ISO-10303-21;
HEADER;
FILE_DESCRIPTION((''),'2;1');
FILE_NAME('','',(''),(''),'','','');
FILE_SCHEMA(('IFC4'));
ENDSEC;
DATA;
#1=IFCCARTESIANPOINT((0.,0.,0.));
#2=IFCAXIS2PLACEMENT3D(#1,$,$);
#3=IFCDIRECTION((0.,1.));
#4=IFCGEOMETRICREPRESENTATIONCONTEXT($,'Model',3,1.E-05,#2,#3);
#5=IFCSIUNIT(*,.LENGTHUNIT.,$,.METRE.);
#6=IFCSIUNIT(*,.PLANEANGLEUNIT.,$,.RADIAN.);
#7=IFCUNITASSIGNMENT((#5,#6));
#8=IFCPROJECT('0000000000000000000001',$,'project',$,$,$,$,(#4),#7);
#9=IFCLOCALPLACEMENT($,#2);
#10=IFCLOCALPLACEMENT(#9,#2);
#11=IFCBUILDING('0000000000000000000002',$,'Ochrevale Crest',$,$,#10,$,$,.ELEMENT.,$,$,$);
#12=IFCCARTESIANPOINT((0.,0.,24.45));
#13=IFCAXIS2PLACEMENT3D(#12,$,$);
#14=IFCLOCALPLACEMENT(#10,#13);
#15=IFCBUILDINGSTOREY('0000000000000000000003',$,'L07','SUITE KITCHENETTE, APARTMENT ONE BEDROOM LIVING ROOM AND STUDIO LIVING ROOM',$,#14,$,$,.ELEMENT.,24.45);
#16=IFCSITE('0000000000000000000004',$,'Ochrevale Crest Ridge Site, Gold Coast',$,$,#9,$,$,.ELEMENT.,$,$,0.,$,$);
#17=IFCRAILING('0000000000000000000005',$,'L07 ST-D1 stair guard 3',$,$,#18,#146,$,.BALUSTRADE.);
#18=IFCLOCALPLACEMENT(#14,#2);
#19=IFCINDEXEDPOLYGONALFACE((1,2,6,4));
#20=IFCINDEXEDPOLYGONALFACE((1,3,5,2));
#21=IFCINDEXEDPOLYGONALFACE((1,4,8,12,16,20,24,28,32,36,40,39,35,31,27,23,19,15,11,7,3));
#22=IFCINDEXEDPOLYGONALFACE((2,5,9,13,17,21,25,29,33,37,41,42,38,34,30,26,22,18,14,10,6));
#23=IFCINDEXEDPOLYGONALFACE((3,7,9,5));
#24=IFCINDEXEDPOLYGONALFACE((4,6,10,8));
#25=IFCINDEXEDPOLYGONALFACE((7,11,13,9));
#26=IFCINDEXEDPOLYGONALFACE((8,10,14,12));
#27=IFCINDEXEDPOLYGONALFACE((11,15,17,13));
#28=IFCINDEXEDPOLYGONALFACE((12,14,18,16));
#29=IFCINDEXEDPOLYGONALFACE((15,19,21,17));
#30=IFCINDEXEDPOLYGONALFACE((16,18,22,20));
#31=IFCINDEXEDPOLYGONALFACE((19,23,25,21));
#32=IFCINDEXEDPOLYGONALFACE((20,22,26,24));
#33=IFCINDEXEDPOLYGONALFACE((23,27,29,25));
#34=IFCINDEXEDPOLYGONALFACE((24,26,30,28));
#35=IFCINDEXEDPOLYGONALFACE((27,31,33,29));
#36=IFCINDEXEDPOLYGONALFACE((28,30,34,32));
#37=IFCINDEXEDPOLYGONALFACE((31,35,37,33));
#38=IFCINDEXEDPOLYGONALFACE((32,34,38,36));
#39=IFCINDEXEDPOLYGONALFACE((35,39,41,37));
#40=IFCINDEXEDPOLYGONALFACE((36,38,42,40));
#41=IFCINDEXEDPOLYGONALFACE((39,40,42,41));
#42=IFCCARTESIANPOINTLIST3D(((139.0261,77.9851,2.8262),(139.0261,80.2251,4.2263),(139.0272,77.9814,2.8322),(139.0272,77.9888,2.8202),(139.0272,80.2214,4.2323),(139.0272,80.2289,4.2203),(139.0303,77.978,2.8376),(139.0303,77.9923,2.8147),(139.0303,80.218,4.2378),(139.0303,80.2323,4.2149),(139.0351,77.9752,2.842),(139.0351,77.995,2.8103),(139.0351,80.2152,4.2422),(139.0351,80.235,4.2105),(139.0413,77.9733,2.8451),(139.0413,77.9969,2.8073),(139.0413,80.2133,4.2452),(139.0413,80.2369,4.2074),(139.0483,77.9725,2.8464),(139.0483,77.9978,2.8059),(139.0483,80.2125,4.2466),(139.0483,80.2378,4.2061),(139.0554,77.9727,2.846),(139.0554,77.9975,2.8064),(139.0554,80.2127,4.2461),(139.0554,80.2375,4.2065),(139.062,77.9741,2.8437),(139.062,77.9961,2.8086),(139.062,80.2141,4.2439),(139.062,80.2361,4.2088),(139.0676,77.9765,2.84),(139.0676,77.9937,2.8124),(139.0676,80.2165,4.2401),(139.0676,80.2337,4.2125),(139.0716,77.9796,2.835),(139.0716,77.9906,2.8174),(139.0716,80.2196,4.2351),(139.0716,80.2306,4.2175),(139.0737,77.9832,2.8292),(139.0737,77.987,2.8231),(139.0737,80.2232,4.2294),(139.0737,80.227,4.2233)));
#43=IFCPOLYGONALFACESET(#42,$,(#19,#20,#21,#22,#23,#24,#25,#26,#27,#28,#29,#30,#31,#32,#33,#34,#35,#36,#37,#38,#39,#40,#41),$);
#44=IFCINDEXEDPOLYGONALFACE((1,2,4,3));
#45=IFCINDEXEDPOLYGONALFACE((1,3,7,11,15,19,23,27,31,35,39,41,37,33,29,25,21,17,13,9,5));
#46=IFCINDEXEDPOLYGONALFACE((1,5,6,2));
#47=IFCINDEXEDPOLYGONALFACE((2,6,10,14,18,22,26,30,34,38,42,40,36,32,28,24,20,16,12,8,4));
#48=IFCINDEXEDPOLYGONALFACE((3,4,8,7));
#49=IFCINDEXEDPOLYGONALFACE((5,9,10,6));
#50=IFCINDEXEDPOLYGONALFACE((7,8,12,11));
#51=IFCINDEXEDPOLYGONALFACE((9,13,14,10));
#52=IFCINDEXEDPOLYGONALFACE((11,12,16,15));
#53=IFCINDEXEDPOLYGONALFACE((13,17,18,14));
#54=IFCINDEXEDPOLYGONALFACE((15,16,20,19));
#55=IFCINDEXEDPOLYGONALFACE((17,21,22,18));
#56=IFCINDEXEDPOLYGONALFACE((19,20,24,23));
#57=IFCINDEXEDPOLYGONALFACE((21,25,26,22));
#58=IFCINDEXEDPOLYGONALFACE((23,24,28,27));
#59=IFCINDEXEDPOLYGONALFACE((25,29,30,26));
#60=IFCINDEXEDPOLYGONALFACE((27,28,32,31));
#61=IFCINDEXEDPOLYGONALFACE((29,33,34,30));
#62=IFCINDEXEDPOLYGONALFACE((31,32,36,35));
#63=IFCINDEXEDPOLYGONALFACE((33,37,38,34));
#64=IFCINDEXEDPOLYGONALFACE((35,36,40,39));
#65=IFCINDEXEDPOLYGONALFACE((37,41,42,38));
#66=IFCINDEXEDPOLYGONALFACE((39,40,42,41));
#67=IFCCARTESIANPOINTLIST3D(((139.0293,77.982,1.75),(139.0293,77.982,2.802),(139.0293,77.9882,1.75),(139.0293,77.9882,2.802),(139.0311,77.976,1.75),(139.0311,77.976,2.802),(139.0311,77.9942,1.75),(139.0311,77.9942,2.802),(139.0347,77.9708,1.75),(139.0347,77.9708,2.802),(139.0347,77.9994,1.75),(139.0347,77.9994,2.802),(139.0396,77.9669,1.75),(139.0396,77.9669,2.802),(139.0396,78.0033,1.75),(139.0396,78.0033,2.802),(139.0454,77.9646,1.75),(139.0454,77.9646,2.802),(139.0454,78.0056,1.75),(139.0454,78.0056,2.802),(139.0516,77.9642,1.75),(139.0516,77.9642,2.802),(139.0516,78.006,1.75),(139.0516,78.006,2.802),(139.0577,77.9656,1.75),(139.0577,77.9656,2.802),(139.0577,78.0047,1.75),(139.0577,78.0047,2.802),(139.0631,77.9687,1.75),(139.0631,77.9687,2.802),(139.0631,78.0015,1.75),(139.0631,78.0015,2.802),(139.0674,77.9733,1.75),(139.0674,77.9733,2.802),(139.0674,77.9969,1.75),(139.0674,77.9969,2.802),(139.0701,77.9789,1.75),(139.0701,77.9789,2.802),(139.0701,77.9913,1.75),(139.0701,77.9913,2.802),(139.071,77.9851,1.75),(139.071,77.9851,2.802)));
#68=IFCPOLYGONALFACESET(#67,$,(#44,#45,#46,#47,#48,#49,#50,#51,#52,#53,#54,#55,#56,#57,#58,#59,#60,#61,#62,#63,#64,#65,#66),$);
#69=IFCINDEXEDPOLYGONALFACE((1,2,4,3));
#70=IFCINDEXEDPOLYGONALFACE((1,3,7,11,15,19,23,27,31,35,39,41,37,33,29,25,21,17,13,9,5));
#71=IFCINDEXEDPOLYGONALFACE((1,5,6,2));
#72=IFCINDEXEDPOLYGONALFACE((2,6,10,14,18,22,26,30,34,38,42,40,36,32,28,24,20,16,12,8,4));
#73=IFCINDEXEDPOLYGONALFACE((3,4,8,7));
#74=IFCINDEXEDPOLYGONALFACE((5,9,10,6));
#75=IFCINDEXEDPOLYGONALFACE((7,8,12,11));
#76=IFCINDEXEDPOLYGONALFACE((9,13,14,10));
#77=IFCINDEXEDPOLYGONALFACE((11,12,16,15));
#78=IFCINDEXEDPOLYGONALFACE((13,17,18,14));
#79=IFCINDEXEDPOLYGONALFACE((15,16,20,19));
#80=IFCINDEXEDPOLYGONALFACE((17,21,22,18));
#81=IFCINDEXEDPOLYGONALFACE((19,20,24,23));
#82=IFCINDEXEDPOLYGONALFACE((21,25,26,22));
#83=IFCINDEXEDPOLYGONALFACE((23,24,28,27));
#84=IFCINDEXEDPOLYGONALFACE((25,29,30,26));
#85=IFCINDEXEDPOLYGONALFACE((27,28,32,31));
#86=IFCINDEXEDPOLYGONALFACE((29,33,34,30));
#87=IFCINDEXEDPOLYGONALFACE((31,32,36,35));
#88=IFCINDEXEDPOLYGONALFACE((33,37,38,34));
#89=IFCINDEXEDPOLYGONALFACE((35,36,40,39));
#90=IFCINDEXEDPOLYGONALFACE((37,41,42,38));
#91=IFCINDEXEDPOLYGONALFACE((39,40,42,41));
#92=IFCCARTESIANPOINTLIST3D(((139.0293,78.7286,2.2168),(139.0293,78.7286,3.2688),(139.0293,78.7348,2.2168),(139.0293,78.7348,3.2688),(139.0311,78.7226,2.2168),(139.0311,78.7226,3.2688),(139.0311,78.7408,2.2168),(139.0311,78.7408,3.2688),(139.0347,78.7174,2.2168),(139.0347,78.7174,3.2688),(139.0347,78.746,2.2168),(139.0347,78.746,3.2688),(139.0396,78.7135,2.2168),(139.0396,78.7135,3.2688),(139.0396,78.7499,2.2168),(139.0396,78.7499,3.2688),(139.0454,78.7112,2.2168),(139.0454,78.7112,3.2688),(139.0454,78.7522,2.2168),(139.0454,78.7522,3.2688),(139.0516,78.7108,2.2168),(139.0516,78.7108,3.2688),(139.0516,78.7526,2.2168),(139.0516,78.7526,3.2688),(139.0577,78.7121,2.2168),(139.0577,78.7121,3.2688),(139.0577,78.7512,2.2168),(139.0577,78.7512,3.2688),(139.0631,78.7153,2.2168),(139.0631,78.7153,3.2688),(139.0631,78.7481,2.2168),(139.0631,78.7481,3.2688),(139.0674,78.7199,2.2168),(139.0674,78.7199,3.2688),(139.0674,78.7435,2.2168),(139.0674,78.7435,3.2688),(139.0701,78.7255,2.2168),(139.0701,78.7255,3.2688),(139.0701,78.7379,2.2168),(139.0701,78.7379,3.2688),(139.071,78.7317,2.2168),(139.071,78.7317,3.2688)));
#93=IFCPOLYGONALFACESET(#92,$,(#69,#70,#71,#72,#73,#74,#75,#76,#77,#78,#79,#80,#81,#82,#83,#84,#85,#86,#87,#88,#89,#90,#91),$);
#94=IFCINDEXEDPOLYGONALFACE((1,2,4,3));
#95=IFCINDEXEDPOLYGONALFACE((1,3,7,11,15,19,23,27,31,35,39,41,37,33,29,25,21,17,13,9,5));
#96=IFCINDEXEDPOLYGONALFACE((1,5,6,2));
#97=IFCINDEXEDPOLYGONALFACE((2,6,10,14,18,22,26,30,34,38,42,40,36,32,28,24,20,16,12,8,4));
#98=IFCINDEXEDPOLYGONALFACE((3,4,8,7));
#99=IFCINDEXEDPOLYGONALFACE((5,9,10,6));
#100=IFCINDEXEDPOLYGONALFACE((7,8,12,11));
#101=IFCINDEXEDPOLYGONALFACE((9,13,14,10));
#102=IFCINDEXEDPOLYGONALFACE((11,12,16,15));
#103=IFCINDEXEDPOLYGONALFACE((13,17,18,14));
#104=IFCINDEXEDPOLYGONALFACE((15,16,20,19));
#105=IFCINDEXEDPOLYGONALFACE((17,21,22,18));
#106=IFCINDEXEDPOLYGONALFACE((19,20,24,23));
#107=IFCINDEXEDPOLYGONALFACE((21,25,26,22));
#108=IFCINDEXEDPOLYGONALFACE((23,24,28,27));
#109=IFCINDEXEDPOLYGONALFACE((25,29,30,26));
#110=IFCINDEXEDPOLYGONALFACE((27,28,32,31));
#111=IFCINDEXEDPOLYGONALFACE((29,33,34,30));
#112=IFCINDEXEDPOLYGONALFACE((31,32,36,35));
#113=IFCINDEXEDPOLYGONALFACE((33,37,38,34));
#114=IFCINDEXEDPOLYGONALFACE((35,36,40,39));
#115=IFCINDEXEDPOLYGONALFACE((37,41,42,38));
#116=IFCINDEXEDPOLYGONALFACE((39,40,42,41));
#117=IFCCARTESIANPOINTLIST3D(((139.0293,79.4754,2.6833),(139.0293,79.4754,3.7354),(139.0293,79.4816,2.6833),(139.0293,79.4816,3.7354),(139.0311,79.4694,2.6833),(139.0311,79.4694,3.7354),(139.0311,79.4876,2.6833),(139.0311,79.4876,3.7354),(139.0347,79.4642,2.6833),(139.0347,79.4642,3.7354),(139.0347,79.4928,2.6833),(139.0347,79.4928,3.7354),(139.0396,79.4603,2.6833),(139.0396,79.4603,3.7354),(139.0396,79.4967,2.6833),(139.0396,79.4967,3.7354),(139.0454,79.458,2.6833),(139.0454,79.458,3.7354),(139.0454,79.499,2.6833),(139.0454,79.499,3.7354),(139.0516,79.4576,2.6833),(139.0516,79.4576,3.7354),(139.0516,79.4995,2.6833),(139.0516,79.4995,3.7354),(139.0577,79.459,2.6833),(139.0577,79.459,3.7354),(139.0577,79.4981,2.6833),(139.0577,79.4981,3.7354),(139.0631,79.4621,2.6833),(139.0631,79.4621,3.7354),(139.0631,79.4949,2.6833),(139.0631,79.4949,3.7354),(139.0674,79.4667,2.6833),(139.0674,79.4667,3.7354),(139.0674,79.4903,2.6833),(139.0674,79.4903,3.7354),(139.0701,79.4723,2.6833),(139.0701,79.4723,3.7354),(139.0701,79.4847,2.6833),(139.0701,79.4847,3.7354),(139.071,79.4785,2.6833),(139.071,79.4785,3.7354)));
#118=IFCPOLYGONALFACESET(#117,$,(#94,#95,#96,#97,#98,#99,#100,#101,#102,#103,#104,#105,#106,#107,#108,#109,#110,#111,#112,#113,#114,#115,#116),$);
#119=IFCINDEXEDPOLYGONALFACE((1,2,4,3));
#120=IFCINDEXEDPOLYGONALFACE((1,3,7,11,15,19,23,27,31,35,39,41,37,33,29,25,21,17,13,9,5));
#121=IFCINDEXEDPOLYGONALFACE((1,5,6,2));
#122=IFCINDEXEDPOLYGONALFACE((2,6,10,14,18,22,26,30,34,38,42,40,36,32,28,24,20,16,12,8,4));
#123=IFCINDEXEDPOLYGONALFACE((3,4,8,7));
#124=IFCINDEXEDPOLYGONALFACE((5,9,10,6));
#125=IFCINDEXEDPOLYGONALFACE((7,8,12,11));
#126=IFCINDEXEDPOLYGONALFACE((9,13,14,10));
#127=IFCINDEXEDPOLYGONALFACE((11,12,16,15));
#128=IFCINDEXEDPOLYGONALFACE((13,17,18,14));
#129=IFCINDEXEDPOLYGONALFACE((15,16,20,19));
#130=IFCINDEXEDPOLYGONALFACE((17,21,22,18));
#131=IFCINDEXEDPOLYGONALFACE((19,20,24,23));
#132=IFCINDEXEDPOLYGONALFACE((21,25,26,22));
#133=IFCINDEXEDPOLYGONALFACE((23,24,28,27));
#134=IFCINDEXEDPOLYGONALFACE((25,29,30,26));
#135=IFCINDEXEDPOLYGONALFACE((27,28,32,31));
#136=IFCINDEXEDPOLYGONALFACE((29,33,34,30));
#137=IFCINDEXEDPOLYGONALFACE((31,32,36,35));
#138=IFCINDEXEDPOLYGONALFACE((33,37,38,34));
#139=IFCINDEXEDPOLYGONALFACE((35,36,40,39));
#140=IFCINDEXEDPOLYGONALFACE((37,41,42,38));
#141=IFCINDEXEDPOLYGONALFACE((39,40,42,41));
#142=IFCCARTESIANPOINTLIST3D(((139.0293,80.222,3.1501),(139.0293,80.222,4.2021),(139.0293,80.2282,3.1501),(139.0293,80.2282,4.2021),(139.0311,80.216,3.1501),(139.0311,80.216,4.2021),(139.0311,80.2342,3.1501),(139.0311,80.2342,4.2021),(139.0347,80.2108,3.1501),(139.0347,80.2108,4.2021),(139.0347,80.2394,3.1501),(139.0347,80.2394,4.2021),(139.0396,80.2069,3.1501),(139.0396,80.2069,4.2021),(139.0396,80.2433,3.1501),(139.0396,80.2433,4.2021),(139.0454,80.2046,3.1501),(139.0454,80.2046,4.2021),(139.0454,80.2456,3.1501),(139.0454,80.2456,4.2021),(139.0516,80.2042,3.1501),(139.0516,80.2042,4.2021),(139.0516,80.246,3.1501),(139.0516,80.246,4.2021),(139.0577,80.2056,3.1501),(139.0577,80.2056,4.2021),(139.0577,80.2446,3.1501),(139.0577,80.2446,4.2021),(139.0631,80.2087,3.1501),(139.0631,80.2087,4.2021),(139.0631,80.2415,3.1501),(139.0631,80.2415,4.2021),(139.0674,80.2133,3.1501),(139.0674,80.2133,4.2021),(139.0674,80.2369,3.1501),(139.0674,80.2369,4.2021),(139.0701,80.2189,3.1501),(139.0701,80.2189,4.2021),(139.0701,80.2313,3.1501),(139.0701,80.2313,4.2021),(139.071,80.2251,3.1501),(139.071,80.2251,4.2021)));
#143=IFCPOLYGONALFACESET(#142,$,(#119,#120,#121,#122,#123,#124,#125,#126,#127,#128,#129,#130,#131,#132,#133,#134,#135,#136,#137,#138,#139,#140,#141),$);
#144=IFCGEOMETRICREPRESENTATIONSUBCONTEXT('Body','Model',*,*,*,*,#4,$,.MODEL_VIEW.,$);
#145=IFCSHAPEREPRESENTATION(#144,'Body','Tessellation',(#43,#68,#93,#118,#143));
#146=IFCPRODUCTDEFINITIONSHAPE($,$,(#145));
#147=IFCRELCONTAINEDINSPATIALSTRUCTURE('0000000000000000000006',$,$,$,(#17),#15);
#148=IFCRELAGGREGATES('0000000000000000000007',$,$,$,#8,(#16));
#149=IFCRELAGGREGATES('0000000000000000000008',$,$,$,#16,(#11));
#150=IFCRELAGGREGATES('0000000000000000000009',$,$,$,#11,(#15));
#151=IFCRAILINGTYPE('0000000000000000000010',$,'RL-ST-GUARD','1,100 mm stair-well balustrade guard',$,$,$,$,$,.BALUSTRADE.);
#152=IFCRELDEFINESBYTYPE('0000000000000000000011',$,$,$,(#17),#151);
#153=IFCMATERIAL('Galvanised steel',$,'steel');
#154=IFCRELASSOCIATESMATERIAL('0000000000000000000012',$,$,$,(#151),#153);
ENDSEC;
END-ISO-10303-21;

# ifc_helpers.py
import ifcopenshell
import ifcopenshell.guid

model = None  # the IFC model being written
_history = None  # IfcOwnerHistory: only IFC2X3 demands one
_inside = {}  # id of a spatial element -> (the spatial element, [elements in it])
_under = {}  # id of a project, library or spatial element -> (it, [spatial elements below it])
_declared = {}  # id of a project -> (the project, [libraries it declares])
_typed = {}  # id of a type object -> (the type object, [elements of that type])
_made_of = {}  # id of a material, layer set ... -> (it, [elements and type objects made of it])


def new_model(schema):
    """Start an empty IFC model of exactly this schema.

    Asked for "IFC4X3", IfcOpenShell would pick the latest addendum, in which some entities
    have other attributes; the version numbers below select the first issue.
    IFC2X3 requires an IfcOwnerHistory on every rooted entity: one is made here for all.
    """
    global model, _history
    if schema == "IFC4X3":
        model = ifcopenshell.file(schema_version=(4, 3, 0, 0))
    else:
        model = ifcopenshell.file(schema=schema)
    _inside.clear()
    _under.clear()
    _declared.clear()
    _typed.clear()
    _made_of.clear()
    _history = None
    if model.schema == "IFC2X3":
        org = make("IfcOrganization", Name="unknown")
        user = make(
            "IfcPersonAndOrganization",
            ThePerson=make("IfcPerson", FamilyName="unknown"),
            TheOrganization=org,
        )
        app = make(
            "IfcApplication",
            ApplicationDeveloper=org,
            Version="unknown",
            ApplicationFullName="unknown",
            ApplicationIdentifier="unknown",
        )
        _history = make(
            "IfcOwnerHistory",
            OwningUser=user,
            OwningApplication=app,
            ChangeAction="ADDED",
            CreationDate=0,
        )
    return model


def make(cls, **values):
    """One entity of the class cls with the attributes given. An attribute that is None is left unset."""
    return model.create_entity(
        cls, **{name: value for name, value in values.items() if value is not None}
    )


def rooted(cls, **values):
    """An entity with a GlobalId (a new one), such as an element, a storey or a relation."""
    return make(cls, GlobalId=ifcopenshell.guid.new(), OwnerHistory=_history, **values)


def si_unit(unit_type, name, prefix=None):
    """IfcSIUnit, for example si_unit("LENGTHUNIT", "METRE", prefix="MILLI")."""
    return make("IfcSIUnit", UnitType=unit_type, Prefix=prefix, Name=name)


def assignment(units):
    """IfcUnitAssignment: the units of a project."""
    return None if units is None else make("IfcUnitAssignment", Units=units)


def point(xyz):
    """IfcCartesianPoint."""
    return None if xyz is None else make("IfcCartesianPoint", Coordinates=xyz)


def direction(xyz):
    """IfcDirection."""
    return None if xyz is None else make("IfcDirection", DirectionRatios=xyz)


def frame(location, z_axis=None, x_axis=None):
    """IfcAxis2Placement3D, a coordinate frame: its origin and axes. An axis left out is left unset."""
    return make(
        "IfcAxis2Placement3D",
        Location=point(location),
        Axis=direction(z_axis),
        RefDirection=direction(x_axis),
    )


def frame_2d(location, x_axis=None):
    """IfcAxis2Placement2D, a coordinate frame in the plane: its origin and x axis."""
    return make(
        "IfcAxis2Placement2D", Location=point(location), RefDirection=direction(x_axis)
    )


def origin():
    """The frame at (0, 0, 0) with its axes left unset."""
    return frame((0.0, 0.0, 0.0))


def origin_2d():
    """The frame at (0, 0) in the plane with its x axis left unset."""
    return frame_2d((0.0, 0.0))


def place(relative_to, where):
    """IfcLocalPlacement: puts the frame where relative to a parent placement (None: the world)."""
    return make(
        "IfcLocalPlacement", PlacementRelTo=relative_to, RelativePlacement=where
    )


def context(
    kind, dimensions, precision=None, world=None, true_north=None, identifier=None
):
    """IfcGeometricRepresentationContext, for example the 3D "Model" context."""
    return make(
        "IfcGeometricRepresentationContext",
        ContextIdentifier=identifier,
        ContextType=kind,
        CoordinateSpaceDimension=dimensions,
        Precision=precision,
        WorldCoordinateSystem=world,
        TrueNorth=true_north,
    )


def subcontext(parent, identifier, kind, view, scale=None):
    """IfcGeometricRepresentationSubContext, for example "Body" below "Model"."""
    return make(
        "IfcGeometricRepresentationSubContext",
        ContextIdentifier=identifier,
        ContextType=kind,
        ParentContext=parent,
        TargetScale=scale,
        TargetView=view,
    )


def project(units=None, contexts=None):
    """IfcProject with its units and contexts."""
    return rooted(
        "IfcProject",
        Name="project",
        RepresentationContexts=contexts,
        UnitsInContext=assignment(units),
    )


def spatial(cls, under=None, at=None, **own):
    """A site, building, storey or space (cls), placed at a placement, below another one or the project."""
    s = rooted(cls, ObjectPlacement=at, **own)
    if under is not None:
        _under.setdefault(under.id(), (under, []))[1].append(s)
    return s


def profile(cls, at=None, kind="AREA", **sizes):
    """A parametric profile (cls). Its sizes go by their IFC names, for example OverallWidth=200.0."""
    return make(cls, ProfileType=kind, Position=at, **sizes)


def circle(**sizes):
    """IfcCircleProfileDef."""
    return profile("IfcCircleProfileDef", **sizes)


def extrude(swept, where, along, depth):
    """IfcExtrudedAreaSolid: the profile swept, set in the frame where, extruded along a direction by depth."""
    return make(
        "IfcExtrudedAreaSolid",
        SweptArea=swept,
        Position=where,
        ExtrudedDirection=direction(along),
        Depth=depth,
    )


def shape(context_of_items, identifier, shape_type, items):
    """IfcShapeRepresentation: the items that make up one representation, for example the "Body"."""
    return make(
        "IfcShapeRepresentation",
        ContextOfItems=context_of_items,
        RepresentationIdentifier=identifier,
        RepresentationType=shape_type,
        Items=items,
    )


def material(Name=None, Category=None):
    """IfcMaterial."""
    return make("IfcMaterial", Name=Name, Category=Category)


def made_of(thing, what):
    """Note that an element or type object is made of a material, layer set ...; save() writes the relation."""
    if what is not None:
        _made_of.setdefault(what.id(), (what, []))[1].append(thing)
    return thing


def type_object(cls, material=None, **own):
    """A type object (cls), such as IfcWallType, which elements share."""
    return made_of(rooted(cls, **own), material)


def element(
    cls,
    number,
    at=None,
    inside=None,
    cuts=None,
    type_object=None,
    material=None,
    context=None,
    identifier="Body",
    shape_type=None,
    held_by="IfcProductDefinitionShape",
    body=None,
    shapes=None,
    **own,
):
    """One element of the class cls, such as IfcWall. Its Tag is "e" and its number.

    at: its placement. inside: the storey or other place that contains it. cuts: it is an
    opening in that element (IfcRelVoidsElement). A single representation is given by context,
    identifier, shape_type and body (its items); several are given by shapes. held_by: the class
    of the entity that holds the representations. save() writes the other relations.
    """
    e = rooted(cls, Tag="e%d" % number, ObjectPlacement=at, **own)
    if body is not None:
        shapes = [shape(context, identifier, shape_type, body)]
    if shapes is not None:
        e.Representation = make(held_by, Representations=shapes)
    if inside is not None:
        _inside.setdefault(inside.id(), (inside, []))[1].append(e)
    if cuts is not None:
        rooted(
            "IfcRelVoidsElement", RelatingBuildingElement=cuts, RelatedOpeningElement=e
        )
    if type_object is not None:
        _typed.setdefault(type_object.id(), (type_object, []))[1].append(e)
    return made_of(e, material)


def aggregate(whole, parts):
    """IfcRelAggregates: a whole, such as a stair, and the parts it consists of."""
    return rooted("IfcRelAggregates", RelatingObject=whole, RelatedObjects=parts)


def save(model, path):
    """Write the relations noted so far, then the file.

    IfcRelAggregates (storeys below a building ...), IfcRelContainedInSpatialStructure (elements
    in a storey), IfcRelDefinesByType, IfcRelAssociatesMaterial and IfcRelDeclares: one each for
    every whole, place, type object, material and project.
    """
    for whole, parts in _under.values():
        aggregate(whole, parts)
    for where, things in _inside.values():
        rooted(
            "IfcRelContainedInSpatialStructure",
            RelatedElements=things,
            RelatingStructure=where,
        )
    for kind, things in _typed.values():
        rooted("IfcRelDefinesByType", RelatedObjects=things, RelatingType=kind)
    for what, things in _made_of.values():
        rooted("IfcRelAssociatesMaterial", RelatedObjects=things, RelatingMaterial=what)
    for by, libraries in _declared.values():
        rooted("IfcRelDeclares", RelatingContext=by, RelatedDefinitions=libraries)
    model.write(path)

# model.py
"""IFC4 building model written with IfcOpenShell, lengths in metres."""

from ifc_helpers import new_model, si_unit, direction, frame, origin, origin_2d, place, context, subcontext, project, spatial, circle, extrude, material, type_object, element, save


model = new_model("IFC4")

# Units and contexts
model_context = context("Model", 3, precision=1e-05, world=origin(), true_north=direction((0.0, 1.0)))
body_context = subcontext(model_context, "Body", "Model", "MODEL_VIEW")
ifc_project = project(units=[si_unit("LENGTHUNIT", "METRE"), si_unit("PLANEANGLEUNIT", "RADIAN")], contexts=[model_context])

# Site, building, storey
site_placement = place(None, origin())
site = spatial("IfcSite", under=ifc_project, at=site_placement, Name="Ochrevale Crest Ridge Site, Gold Coast", CompositionType="ELEMENT", RefElevation=0.0)
building_placement = place(site_placement, origin())
building = spatial("IfcBuilding", under=site, at=building_placement, Name="Ochrevale Crest", CompositionType="ELEMENT")
storey_placement = place(building_placement, frame((0.0, 0.0, 24.45)))
storey = spatial("IfcBuildingStorey", under=building, at=storey_placement, Name="L07", Description="SUITE KITCHENETTE, APARTMENT ONE BEDROOM LIVING ROOM AND STUDIO LIVING ROOM", CompositionType="ELEMENT", Elevation=24.45)

# Railing
ifc_material_1 = material(Name="Galvanised steel", Category="steel")
railing_type_1 = type_object("IfcRailingType", Name="RL-ST-GUARD", Description="1,100 mm stair-well balustrade guard", PredefinedType="BALUSTRADE", material=ifc_material_1)
railing_1_placement = place(storey_placement, frame((139.05, 77.9851, 1.75)))
element("IfcRailing", 1, at=railing_1_placement, inside=storey, type_object=railing_type_1, Name="L07 ST-D1 stair guard 3", PredefinedType="BALUSTRADE", context=body_context, shape_type="SweptSolid", body=[
    extrude(circle(Radius=0.0239, at=origin_2d()), frame((0.0, 0.0, 1.0762), z_axis=(0.0, 0.847972, 0.53004), x_axis=(-1.0, 0.0, 0.0)), (0.0, 0.0, 1.0), 2.6416),
    extrude(circle(Radius=0.021, at=origin_2d()), origin(), (0.0, 0.0, 1.0), 1.052),
    extrude(circle(Radius=0.021, at=origin_2d()), frame((0.0, 0.7466, 0.4668)), (0.0, 0.0, 1.0), 1.052),
    extrude(circle(Radius=0.021, at=origin_2d()), frame((0.0, 1.4934, 0.9333)), (0.0, 0.0, 1.0), 1.052),
    extrude(circle(Radius=0.021, at=origin_2d()), frame((0.0, 2.24, 1.4001)), (0.0, 0.0, 1.0), 1.052),
])

save(model, "model.ifc")
